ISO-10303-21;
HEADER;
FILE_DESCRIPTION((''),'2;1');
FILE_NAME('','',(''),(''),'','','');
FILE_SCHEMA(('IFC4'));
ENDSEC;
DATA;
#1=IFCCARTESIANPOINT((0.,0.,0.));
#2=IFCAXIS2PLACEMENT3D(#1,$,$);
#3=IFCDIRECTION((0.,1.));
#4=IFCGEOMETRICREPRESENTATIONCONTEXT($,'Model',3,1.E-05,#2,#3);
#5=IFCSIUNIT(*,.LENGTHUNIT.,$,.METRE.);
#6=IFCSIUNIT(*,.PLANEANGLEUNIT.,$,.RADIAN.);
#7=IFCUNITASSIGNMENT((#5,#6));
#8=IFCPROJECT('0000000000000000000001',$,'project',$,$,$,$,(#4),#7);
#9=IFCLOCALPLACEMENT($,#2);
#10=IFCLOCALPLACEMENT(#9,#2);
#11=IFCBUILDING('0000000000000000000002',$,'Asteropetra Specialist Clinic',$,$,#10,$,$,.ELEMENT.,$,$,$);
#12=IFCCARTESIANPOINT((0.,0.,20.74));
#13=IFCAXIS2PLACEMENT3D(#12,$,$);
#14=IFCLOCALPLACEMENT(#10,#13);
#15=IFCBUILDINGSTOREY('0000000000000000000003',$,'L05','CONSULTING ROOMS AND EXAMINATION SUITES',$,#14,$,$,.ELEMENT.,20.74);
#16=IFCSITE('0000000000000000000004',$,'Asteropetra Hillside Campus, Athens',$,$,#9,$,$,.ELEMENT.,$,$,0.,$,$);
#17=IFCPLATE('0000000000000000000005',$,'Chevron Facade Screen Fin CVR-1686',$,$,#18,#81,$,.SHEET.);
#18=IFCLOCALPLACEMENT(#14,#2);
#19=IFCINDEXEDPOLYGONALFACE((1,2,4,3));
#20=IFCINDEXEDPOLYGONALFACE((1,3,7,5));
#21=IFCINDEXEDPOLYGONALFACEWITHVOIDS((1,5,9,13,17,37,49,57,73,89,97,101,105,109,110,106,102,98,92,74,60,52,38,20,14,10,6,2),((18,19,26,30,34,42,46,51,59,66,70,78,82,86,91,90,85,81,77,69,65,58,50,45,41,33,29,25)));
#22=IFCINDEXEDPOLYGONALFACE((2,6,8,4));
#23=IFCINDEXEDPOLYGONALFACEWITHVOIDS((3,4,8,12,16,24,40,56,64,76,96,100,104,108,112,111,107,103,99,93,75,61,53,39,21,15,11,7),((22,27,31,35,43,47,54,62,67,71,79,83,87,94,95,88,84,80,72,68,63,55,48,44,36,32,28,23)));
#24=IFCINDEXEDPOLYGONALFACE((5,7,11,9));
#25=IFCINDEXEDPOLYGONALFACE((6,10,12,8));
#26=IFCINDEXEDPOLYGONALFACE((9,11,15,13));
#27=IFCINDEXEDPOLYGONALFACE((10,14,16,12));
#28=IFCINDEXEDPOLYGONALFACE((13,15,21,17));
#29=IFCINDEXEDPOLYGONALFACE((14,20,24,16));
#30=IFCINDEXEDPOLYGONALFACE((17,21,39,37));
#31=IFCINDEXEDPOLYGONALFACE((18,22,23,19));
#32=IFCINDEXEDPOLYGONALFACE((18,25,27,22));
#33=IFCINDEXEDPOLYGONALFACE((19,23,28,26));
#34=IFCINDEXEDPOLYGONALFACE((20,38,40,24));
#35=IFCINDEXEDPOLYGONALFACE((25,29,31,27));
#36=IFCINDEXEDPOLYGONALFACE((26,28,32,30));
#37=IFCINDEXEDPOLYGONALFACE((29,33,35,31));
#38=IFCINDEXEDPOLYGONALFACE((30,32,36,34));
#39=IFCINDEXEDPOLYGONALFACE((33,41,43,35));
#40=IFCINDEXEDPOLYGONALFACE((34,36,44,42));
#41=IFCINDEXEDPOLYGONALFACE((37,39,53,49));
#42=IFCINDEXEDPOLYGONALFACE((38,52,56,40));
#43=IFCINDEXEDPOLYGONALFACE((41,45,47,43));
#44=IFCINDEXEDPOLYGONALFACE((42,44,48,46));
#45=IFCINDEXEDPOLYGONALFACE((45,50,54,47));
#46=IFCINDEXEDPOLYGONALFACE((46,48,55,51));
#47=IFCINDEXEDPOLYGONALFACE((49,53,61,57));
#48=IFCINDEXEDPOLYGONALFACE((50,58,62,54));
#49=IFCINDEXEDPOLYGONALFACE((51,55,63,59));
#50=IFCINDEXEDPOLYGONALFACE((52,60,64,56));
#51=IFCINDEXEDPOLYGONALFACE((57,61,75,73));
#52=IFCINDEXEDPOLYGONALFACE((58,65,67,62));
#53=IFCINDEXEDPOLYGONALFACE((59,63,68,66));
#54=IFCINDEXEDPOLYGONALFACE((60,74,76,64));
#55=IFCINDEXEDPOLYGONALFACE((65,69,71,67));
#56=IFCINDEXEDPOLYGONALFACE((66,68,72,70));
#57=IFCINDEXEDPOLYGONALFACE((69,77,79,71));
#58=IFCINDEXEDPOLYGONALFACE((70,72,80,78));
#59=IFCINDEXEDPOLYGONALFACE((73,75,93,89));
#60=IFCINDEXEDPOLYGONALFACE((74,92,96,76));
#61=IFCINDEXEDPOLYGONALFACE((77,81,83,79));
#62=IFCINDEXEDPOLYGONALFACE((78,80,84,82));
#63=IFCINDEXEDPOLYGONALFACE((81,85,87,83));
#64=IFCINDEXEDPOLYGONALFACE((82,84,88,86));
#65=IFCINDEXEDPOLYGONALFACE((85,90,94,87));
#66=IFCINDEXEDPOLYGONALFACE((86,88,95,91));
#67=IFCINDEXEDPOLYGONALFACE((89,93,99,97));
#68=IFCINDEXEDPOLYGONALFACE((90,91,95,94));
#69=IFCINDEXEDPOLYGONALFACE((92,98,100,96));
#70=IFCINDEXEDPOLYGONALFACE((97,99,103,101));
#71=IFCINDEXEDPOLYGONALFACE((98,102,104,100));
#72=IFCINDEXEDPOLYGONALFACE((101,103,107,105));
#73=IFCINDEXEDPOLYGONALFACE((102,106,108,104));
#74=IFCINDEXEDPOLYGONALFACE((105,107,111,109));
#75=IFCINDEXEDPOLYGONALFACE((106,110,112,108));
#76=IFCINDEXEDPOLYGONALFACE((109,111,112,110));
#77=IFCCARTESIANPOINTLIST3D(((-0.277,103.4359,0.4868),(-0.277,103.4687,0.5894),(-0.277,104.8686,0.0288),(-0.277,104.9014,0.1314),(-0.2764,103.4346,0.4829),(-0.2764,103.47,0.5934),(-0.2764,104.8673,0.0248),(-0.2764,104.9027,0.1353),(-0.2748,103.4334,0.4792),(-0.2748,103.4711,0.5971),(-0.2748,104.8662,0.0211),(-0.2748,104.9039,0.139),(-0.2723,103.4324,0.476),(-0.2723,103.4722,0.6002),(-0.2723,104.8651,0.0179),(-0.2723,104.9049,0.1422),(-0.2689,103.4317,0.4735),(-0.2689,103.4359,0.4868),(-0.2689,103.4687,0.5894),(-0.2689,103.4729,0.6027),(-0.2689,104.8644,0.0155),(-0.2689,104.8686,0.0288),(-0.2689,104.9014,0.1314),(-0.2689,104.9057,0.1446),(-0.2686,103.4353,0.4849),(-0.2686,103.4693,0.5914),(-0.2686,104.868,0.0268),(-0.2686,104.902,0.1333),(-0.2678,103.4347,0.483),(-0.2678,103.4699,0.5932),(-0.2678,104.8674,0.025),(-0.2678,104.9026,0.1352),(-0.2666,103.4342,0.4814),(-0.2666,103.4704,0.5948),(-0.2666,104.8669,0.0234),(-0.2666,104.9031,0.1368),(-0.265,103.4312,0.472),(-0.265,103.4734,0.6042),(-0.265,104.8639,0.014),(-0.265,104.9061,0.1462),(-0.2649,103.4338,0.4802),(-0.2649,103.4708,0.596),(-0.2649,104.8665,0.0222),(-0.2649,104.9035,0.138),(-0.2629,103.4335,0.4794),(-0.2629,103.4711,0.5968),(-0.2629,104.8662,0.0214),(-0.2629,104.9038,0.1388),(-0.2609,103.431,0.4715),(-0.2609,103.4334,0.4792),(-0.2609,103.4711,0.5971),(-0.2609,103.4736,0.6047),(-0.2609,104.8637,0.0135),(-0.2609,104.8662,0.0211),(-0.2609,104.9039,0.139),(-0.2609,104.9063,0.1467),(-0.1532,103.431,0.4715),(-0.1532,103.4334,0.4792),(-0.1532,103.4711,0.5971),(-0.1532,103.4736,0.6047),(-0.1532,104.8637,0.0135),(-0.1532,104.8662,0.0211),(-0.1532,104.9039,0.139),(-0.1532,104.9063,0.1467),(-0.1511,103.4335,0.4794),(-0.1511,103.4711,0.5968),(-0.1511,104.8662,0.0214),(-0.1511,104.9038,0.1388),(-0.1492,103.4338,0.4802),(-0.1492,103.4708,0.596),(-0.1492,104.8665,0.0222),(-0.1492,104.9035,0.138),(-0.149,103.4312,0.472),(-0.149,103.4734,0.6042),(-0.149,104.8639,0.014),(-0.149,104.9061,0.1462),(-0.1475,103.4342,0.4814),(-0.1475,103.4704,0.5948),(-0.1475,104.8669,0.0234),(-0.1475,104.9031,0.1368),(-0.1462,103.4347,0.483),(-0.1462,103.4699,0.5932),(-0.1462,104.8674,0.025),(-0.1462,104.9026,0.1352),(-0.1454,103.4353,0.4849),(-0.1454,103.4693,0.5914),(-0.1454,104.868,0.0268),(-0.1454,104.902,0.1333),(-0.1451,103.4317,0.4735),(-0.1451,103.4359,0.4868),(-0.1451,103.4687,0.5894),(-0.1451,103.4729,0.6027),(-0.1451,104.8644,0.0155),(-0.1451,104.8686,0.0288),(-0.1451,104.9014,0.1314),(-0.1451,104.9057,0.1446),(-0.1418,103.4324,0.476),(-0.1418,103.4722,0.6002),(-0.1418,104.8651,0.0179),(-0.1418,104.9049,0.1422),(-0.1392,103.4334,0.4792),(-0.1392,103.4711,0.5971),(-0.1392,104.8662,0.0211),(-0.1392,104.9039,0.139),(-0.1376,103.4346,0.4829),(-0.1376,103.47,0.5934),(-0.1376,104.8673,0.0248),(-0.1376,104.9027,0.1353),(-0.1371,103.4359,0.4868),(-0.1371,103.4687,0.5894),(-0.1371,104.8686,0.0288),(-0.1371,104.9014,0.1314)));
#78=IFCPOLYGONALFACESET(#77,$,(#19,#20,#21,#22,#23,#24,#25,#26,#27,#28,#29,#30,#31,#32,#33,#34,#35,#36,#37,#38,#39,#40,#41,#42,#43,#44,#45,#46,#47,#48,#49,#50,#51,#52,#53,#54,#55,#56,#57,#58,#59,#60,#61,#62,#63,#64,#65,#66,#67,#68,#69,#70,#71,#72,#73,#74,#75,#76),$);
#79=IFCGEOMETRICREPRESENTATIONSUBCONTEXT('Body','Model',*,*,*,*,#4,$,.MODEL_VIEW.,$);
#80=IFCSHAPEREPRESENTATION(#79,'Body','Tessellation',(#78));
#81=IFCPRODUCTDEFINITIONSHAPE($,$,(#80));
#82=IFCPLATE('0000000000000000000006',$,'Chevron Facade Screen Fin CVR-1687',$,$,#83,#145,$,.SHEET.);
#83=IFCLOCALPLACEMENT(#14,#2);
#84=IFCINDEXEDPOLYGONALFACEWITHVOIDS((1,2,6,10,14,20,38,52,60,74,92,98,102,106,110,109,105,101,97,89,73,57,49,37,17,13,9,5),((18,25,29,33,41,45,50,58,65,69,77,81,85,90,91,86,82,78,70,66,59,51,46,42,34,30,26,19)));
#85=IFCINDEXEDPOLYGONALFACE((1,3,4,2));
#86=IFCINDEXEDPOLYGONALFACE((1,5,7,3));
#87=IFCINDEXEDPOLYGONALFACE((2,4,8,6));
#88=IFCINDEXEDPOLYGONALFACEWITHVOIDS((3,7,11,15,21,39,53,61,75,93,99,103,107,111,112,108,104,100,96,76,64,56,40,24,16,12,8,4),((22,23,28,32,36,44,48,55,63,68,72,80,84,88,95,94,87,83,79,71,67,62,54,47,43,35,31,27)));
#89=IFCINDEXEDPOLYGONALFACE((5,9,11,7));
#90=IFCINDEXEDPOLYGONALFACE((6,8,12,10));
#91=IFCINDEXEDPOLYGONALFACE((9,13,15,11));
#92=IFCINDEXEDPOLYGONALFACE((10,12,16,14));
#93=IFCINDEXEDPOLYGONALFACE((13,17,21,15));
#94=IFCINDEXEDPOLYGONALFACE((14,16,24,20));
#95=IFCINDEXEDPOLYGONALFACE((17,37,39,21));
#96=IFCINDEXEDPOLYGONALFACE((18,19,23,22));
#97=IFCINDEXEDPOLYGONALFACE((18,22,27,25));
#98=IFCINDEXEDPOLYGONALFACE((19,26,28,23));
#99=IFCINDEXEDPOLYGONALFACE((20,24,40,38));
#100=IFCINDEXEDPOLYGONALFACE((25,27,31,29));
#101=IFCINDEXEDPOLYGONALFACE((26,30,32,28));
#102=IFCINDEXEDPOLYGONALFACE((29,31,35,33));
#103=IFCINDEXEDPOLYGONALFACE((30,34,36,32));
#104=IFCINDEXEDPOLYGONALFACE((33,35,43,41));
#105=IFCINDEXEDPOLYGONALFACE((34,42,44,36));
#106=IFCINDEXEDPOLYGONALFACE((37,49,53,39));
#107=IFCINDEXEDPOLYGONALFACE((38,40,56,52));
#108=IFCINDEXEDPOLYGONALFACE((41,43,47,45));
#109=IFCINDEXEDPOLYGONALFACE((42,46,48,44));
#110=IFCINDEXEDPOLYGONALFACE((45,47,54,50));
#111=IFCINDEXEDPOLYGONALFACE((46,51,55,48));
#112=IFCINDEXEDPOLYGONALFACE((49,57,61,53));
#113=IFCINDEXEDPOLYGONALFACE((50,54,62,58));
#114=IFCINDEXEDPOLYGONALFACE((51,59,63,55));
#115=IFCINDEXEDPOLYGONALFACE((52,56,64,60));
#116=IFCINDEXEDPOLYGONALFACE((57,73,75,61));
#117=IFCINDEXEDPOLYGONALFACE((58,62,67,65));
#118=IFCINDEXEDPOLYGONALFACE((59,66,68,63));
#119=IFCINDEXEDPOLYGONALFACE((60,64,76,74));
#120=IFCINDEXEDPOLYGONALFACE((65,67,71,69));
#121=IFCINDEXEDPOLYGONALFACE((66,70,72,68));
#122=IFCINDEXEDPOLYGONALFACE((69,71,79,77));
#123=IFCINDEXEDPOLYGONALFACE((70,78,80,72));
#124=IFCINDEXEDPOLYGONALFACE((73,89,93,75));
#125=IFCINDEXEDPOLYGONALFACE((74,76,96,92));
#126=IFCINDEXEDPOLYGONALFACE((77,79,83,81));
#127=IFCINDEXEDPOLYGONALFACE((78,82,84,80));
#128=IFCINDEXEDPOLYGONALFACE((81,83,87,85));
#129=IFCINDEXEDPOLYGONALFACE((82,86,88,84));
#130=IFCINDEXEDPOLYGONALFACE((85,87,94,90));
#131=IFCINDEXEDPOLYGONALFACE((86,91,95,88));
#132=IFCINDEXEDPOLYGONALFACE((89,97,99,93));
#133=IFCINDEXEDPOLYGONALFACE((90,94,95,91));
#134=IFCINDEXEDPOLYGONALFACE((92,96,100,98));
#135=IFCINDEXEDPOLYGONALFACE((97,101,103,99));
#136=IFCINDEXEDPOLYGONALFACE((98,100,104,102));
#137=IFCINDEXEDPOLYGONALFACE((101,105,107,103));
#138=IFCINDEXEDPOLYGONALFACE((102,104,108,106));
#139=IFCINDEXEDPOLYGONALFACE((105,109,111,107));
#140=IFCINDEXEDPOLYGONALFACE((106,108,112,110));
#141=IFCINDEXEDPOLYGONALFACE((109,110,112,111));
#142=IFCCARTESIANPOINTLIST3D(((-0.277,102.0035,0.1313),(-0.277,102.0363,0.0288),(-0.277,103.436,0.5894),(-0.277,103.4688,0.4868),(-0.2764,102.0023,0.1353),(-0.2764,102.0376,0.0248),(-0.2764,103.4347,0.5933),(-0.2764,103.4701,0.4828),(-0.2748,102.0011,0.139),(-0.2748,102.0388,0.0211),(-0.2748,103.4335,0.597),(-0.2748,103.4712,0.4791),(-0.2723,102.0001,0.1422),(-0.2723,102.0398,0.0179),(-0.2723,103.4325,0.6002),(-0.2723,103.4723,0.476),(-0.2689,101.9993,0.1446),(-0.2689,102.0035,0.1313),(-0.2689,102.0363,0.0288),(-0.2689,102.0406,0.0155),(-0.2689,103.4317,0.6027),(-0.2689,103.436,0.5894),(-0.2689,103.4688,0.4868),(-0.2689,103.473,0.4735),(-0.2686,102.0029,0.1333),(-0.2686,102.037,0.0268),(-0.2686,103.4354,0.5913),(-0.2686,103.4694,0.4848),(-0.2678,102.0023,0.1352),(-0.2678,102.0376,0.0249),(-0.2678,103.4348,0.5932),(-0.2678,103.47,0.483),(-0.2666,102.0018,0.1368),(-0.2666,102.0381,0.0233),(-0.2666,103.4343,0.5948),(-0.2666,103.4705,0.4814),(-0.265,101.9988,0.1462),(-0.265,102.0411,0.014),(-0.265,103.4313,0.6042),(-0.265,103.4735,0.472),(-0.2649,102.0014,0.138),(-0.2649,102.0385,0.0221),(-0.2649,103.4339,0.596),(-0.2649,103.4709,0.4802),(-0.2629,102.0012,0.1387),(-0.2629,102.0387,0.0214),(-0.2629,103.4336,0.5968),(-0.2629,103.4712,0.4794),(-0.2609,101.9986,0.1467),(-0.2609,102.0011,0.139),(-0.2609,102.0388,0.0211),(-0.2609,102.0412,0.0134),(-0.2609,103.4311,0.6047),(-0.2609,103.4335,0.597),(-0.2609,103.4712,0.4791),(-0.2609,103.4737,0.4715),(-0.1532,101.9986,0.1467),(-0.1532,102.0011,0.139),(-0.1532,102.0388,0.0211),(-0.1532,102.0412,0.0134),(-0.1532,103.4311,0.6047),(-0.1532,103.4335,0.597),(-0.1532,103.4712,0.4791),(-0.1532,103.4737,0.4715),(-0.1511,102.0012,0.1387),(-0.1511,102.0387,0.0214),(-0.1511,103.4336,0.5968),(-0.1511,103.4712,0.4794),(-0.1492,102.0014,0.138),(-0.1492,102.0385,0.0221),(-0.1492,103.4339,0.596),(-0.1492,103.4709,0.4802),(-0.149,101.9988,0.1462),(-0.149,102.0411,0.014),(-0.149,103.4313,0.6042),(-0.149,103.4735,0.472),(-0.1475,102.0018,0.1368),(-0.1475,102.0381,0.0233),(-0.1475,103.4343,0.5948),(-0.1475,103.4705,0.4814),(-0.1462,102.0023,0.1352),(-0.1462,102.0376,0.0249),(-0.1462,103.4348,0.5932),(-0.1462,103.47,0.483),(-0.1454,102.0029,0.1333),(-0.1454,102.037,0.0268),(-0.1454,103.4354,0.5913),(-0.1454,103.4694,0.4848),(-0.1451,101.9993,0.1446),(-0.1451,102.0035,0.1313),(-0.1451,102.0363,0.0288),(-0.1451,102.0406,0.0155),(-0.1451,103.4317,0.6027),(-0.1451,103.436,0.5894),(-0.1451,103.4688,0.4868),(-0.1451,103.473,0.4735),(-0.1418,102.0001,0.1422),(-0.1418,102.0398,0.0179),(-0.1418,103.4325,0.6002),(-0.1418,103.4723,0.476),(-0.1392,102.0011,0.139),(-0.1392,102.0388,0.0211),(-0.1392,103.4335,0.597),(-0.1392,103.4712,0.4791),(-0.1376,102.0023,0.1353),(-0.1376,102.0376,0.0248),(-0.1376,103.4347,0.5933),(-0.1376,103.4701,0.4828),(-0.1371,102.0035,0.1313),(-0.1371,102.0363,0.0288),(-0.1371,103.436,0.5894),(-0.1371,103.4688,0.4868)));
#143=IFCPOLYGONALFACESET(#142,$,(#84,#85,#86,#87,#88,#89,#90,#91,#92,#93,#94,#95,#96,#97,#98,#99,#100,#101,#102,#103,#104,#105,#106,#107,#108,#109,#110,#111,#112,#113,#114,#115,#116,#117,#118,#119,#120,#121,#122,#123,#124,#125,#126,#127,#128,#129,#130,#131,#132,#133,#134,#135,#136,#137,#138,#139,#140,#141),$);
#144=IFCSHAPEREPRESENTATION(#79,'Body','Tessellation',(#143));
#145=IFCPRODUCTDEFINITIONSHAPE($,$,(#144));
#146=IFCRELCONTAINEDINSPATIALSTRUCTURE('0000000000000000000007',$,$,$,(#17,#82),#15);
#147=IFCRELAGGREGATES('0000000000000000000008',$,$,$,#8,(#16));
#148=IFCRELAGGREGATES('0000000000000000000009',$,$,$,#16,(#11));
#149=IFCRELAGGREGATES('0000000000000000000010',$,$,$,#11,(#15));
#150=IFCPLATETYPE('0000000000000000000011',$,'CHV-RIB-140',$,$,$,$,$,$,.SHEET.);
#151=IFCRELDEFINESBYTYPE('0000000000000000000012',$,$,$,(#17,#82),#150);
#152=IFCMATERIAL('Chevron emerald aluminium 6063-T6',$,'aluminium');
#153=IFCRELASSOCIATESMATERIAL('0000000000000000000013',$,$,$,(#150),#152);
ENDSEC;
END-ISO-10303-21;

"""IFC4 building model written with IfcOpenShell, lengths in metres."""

from ifc_helpers import new_model, si_unit, direction, frame, origin, origin_2d, place, context, subcontext, project, spatial, hollow_rectangle, extrude, material, material_profile, profile_set, type_object, element, save


model = new_model("IFC4")

# Units and contexts
model_context = context("Model", 3, precision=1e-05, world=origin(), true_north=direction((0.0, 1.0)))
body_context = subcontext(model_context, "Body", "Model", "MODEL_VIEW")
ifc_project = project(units=[si_unit("LENGTHUNIT", "METRE"), si_unit("PLANEANGLEUNIT", "RADIAN")], contexts=[model_context])

# Site, building, storey
site_placement = place(None, origin())
site = spatial("IfcSite", under=ifc_project, at=site_placement, Name="Asteropetra Hillside Campus, Athens", CompositionType="ELEMENT", RefElevation=0.0)
building_placement = place(site_placement, origin())
building = spatial("IfcBuilding", under=site, at=building_placement, Name="Asteropetra Specialist Clinic", CompositionType="ELEMENT")
storey_placement = place(building_placement, frame((0.0, 0.0, 20.74)))
storey = spatial("IfcBuildingStorey", under=building, at=storey_placement, Name="L05", Description="CONSULTING ROOMS AND EXAMINATION SUITES", CompositionType="ELEMENT", Elevation=20.74)

# Plates
ifc_material_1 = material(Name="Chevron emerald aluminium 6063-T6", Category="aluminium")
ifc_material_profile_1 = material_profile(ifc_material_1, hollow_rectangle(XDim=0.1399, YDim=0.1399, WallThickness=0.0081, InnerFilletRadius=0.0081, OuterFilletRadius=0.0161, at=origin_2d()), Name="SHS 140x140x8.0")
ifc_profile_set_1 = profile_set([ifc_material_profile_1], Name="Chevron emerald aluminium 6063-T6")
plate_type = type_object("IfcPlateType", Name="CHV-RIB-140", PredefinedType="SHEET", material=ifc_profile_set_1)
plate_1_placement = place(storey_placement, frame((-0.207, 104.885, 0.0801), z_axis=(0.0, -0.952507, 0.304517), x_axis=(1.0, 0.0, 0.0)))
element("IfcPlate", 1, at=plate_1_placement, inside=storey, type_object=plate_type, Name="Chevron Facade Screen Fin CVR-1686", PredefinedType="SHEET", context=body_context, shape_type="SweptSolid", body=[
    extrude(hollow_rectangle(XDim=0.1399, YDim=0.1399, WallThickness=0.0081, InnerFilletRadius=0.0081, OuterFilletRadius=0.0161, at=origin_2d()), origin(), (0.0, 0.0, 1.0), 1.5042),
])
plate_2_placement = place(storey_placement, frame((-0.207, 103.4524, 0.5381), z_axis=(0.0, -0.952492, -0.304564), x_axis=(1.0, 0.0, 0.0)))
element("IfcPlate", 2, at=plate_2_placement, inside=storey, type_object=plate_type, Name="Chevron Facade Screen Fin CVR-1687", PredefinedType="SHEET", context=body_context, shape_type="SweptSolid", body=[
    extrude(hollow_rectangle(XDim=0.1399, YDim=0.1399, WallThickness=0.0081, InnerFilletRadius=0.0081, OuterFilletRadius=0.0161, at=origin_2d()), origin(), (0.0, 0.0, 1.0), 1.5039),
])

save(model, "model.ifc")
